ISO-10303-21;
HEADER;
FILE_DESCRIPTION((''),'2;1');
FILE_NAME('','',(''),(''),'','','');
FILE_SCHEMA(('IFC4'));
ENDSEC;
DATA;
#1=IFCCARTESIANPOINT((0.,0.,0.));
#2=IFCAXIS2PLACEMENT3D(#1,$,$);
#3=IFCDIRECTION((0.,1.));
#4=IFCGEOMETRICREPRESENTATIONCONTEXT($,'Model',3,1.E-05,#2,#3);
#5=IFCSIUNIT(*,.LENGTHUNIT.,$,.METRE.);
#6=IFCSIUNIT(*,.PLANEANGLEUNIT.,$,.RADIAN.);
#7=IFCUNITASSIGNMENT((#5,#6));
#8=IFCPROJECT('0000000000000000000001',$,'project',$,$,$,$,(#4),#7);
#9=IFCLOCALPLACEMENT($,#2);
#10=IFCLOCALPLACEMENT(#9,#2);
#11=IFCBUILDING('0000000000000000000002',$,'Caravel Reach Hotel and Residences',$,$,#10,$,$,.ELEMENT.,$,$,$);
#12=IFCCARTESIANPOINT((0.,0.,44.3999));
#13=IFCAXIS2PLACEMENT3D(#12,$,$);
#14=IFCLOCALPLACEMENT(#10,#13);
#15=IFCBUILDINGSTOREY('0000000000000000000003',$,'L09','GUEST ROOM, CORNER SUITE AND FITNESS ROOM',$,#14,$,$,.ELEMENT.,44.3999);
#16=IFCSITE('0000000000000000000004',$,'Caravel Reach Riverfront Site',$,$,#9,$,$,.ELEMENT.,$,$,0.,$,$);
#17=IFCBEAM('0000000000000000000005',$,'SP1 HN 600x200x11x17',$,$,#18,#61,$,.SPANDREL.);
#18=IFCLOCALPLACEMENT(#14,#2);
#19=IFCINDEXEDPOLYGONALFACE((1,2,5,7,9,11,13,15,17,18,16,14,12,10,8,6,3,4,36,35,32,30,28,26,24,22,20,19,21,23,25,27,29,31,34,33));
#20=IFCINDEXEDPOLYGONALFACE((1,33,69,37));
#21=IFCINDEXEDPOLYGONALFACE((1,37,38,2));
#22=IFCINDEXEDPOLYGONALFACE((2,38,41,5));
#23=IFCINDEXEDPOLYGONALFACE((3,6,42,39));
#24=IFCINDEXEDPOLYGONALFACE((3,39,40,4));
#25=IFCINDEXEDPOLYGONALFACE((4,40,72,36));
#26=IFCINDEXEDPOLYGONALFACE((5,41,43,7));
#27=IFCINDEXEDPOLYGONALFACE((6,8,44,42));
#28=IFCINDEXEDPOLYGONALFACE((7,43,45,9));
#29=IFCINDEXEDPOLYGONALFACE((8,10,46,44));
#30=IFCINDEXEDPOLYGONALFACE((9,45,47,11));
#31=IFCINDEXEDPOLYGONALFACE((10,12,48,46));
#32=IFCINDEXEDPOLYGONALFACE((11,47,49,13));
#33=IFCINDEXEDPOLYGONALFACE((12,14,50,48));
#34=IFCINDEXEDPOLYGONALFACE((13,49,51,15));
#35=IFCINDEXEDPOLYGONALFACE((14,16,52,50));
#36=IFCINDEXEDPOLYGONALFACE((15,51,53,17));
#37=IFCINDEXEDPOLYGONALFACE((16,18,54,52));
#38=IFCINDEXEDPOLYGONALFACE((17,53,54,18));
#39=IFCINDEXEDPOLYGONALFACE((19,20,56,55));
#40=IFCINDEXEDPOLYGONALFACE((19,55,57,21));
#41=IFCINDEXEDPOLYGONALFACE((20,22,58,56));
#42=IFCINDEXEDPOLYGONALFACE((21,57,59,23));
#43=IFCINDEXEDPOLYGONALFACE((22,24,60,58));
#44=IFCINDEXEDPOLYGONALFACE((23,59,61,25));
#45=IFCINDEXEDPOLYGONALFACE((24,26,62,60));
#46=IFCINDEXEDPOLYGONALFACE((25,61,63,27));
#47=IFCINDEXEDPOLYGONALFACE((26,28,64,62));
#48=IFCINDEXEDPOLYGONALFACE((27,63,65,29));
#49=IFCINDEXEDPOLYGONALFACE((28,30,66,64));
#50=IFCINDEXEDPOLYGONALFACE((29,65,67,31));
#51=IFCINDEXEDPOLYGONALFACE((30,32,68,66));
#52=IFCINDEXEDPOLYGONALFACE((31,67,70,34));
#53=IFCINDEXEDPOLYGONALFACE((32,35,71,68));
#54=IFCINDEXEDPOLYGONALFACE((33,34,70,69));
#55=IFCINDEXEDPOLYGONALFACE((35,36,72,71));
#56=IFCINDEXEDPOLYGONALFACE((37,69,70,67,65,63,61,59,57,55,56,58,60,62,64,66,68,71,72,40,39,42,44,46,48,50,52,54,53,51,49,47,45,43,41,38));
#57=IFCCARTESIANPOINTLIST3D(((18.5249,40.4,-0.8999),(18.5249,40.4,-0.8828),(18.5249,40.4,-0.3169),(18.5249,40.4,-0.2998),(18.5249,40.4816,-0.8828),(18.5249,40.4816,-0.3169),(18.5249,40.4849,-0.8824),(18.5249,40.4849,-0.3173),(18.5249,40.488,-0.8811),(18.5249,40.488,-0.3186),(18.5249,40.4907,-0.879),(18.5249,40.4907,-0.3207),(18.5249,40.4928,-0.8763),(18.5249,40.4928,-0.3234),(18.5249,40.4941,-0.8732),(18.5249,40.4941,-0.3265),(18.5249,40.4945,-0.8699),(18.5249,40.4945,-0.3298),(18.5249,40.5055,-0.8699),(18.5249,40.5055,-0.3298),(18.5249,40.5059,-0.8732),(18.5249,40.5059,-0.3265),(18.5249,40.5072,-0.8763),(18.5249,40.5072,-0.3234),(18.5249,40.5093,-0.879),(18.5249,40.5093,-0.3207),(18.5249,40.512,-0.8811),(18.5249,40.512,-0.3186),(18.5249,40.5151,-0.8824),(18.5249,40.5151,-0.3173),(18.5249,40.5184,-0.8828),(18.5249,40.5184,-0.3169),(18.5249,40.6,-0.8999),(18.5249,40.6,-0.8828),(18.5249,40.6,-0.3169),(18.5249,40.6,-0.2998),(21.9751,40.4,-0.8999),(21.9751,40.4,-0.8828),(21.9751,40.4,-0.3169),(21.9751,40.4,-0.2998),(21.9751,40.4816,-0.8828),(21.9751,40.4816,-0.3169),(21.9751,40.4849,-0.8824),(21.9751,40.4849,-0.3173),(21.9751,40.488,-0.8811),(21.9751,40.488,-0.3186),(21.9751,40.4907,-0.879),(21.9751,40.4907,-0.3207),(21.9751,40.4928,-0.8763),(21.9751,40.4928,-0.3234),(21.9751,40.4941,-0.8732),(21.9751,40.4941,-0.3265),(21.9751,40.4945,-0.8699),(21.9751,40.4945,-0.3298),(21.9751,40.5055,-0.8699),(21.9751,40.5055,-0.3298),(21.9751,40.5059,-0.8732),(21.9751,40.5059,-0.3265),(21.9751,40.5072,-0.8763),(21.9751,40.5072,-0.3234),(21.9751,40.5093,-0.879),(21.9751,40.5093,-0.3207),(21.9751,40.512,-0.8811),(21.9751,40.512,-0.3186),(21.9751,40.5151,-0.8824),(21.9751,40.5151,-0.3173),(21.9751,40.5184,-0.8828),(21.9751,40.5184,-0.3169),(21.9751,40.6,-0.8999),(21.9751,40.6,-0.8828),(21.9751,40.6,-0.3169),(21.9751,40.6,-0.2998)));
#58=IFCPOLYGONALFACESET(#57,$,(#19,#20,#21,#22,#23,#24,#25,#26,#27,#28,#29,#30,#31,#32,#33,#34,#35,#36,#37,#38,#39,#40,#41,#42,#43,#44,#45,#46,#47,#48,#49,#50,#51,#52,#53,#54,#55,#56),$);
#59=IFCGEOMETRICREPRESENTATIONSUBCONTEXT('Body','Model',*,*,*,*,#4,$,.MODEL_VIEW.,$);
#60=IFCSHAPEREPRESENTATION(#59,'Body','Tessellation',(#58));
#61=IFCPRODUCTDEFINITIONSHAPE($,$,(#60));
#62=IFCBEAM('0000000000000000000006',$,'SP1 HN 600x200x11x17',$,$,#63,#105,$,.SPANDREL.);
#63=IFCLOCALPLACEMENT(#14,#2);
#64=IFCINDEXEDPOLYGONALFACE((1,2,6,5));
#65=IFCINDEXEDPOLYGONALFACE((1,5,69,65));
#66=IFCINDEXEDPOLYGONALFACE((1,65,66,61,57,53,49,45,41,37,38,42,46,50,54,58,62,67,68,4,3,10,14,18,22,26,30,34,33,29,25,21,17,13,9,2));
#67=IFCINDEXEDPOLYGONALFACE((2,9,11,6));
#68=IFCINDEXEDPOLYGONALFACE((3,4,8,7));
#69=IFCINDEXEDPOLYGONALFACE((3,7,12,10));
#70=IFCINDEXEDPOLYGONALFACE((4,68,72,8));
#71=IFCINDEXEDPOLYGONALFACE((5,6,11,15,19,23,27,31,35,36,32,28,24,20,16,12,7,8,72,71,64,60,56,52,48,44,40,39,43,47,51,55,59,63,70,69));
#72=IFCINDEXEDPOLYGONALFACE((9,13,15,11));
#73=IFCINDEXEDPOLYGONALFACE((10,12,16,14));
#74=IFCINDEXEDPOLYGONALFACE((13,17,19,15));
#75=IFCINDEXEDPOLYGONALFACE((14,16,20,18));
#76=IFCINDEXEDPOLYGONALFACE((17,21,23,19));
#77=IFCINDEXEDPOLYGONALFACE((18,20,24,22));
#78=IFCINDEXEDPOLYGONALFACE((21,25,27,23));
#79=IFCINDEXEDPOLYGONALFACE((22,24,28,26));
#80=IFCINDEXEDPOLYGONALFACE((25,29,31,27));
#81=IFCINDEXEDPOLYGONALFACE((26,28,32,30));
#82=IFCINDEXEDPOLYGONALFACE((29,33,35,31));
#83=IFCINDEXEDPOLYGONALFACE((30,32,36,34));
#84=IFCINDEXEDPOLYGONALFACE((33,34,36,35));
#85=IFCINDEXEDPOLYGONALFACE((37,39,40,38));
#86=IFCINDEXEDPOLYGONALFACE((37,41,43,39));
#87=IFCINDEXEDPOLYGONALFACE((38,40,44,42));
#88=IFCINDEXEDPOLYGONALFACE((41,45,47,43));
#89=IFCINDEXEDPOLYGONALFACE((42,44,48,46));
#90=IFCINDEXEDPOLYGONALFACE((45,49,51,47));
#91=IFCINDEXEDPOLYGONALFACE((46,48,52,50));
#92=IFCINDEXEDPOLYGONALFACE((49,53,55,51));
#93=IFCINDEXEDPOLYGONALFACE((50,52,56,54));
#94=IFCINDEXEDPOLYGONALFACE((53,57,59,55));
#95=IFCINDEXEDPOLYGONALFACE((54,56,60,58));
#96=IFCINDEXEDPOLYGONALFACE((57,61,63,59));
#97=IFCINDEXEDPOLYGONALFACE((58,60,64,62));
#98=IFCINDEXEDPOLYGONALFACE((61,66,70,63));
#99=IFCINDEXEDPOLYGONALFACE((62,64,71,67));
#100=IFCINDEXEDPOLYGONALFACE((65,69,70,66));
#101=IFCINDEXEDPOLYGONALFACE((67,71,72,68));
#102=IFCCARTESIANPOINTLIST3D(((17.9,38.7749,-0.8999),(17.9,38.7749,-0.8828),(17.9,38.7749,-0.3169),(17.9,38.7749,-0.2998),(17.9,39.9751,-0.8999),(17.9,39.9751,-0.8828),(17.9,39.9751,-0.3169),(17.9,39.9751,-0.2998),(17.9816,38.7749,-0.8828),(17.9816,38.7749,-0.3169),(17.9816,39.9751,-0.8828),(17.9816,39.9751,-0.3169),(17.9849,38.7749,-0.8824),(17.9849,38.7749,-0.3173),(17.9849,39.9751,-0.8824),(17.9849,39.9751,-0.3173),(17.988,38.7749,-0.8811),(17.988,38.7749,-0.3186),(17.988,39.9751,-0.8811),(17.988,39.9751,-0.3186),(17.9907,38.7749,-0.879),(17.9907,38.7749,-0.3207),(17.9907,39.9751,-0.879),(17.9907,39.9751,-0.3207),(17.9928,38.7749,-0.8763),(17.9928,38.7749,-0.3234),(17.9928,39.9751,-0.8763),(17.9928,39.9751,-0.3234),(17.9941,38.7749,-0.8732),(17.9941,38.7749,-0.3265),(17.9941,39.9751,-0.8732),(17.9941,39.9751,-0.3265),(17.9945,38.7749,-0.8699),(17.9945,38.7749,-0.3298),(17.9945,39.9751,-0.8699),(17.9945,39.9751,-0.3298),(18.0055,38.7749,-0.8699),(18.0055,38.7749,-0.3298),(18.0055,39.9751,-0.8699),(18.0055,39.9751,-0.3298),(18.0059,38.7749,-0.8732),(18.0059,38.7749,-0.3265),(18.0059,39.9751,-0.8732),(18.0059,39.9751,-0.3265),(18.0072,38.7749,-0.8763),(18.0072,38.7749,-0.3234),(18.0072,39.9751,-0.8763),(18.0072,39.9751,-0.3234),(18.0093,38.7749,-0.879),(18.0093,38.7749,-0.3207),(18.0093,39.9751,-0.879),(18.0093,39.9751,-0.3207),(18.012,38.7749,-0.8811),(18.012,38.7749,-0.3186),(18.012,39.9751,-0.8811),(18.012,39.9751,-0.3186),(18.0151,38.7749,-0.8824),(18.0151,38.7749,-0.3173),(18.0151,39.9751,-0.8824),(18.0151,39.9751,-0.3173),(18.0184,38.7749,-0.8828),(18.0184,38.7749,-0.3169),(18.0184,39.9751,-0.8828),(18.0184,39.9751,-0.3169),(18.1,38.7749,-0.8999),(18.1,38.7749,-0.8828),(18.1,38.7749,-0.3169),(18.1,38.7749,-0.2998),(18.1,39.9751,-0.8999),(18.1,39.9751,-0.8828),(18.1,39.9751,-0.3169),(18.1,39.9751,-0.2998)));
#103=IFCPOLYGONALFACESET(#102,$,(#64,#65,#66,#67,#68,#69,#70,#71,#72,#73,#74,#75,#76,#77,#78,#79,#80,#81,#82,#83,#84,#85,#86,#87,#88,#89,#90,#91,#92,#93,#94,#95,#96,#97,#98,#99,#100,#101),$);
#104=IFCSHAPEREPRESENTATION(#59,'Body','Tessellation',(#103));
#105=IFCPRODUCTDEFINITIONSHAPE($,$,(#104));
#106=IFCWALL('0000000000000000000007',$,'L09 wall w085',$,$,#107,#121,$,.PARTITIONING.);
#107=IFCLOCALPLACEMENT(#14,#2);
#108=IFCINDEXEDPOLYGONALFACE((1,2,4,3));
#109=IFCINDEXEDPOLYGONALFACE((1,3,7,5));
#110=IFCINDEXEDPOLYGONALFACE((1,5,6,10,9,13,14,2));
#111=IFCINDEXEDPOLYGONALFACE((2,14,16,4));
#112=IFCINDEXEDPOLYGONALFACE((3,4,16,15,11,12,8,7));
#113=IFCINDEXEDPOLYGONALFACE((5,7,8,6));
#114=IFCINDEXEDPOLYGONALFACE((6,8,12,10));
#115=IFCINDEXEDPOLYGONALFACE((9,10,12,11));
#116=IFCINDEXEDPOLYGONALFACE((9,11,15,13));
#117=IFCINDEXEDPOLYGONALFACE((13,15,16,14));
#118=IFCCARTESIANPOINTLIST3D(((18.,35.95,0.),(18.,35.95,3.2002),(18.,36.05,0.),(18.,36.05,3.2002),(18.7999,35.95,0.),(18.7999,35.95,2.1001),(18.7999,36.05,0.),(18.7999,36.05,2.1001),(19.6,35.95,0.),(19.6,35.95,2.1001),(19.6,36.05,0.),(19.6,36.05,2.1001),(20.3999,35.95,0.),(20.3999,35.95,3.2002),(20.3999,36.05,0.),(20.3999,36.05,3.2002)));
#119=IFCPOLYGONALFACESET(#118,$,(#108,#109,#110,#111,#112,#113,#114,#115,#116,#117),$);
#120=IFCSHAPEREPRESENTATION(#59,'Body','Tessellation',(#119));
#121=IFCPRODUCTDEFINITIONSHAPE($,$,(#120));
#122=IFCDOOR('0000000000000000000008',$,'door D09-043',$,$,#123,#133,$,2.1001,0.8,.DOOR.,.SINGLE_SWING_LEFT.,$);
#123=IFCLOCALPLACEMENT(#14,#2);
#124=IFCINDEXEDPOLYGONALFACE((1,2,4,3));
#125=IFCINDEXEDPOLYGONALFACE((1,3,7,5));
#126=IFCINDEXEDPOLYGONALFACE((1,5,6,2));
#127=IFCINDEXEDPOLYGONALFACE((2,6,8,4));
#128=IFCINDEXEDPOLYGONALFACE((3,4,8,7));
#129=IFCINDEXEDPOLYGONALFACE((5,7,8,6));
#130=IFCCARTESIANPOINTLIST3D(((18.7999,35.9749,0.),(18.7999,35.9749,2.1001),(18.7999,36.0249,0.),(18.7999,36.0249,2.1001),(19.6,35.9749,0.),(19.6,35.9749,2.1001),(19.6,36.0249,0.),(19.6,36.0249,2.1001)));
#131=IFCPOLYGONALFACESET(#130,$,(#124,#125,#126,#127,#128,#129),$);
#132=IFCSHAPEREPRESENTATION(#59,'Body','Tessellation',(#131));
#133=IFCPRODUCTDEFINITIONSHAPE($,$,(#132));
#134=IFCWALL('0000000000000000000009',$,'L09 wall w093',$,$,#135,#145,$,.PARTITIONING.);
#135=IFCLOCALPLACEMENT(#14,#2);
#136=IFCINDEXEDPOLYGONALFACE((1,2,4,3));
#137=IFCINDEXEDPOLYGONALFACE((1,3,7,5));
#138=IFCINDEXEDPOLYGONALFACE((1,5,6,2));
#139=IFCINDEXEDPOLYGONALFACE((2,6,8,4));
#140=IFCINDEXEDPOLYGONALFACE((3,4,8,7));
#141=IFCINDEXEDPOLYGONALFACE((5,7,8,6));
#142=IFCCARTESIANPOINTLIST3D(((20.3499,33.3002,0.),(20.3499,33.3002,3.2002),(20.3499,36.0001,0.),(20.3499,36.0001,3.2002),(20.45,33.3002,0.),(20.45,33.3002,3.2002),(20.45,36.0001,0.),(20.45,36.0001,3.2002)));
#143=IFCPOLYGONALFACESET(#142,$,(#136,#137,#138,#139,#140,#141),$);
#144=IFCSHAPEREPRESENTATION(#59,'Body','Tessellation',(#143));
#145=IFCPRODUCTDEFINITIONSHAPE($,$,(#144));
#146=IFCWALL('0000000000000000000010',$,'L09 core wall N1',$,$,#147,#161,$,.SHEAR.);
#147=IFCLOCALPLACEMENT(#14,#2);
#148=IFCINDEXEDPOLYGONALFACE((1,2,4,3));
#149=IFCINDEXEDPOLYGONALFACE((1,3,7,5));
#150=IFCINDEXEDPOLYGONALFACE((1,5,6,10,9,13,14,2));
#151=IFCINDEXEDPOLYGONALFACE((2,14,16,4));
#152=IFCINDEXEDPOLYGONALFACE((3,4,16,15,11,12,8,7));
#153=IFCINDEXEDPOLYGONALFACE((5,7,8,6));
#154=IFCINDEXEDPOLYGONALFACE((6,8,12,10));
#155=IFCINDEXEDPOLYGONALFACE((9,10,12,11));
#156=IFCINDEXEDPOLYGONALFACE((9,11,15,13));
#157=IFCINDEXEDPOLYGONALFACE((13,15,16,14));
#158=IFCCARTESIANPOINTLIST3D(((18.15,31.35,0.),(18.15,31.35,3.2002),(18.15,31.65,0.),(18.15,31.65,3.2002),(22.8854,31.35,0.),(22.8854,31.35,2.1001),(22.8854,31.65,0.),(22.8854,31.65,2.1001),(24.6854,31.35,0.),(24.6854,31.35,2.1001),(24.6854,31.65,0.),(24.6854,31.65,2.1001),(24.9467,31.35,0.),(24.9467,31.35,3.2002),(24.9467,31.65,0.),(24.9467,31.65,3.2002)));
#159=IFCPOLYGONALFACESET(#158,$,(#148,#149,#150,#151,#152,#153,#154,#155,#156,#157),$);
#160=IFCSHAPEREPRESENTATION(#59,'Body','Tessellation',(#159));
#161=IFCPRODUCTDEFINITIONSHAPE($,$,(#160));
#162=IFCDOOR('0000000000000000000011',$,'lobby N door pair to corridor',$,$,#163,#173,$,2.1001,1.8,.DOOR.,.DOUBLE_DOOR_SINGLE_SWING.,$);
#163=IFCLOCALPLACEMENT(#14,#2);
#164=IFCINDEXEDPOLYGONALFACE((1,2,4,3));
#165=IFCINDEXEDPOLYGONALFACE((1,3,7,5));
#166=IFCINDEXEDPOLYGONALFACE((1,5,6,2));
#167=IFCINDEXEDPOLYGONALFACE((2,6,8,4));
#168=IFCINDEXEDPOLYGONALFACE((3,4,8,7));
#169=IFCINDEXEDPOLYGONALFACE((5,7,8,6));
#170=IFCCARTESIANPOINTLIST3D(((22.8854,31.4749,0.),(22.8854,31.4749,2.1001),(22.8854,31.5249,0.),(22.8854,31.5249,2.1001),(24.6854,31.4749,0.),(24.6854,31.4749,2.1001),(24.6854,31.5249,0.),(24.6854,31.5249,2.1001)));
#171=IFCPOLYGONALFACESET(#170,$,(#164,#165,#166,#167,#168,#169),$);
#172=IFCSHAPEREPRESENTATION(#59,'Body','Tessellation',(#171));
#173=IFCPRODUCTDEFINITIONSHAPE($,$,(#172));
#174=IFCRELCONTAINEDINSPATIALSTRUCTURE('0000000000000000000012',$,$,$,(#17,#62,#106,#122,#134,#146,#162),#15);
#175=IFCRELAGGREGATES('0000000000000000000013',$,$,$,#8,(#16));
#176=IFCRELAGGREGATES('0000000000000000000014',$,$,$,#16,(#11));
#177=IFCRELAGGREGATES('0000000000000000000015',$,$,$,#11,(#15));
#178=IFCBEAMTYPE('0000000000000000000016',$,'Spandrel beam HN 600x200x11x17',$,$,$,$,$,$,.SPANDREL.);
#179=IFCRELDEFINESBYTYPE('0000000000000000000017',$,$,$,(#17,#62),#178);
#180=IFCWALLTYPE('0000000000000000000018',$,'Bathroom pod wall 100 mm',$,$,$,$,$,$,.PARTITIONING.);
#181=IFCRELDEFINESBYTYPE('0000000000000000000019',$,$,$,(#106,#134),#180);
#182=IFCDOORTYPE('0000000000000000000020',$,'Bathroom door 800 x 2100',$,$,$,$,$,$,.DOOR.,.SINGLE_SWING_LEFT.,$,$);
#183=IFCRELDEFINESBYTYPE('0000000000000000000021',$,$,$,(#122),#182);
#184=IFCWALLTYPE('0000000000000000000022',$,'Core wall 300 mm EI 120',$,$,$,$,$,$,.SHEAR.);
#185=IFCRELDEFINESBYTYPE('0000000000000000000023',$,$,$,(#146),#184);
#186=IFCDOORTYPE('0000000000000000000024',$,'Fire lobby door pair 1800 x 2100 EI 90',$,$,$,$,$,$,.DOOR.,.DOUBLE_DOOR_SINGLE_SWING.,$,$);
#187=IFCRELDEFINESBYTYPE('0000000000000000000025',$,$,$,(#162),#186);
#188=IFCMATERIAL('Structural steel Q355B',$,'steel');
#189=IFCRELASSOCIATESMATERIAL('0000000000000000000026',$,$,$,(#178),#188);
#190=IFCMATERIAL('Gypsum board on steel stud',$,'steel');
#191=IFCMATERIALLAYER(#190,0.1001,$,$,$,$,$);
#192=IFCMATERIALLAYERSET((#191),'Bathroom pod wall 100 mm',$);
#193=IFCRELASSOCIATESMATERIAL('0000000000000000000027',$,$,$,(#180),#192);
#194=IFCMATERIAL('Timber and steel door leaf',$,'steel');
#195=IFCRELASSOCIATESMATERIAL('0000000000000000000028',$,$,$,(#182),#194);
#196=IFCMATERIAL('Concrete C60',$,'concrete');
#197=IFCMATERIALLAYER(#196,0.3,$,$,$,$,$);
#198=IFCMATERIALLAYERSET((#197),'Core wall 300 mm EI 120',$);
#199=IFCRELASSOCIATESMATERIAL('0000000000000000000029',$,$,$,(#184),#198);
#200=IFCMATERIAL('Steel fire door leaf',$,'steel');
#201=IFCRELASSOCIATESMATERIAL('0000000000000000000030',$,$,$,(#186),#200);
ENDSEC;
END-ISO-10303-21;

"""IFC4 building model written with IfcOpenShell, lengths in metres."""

from ifc_helpers import new_model, si_unit, direction, frame, frame_2d, origin, origin_2d, place, context, subcontext, project, spatial, rectangle, i_section, extrude, material, layer, layer_set, material_profile, profile_set, type_object, element, fill, save


model = new_model("IFC4")

# Units and contexts
model_context = context("Model", 3, precision=1e-05, world=origin(), true_north=direction((0.0, 1.0)))
body_context = subcontext(model_context, "Body", "Model", "MODEL_VIEW")
ifc_project = project(units=[si_unit("LENGTHUNIT", "METRE"), si_unit("PLANEANGLEUNIT", "RADIAN")], contexts=[model_context])

# Site, building, storey
site_placement = place(None, origin())
site = spatial("IfcSite", under=ifc_project, at=site_placement, Name="Caravel Reach Riverfront Site", CompositionType="ELEMENT", RefElevation=0.0)
building_placement = place(site_placement, origin())
building = spatial("IfcBuilding", under=site, at=building_placement, Name="Caravel Reach Hotel and Residences", CompositionType="ELEMENT")
storey_placement = place(building_placement, frame((0.0, 0.0, 44.3999)))
storey = spatial("IfcBuildingStorey", under=building, at=storey_placement, Name="L09", Description="GUEST ROOM, CORNER SUITE AND FITNESS ROOM", CompositionType="ELEMENT", Elevation=44.3999)

# Beams
ifc_material_1 = material(Name="Structural steel Q355B", Category="steel")
ifc_material_profile_1 = material_profile(ifc_material_1, i_section(OverallWidth=0.2, OverallDepth=0.6001, WebThickness=0.011, FlangeThickness=0.0171, FilletRadius=0.0129, at=origin_2d()), Name="HN 600x200x11x17")
ifc_profile_set_1 = profile_set([ifc_material_profile_1], Name="Structural steel Q355B")
beam_type_1 = type_object("IfcBeamType", Name="Spandrel beam HN 600x200x11x17", PredefinedType="SPANDREL", material=ifc_profile_set_1)
beam_1_placement = place(storey_placement, frame((21.9751, 40.5, -0.5999), z_axis=(-1.0, 0.0, 0.0), x_axis=(0.0, -1.0, 0.0)))
element("IfcBeam", 1, at=beam_1_placement, inside=storey, type_object=beam_type_1, Name="SP1 HN 600x200x11x17", PredefinedType="SPANDREL", context=body_context, shape_type="SweptSolid", body=[
    extrude(i_section(OverallWidth=0.2, OverallDepth=0.6001, WebThickness=0.011, FlangeThickness=0.0171, FilletRadius=0.0129, at=origin_2d()), origin(), (0.0, 0.0, 1.0), 3.4502),
])
beam_2_placement = place(storey_placement, frame((18.0, 39.9751, -0.5999), z_axis=(0.0, -1.0, 0.0), x_axis=(1.0, 0.0, 0.0)))
element("IfcBeam", 2, at=beam_2_placement, inside=storey, type_object=beam_type_1, Name="SP1 HN 600x200x11x17", PredefinedType="SPANDREL", context=body_context, shape_type="SweptSolid", body=[
    extrude(i_section(OverallWidth=0.2, OverallDepth=0.6001, WebThickness=0.011, FlangeThickness=0.0171, FilletRadius=0.0129, at=origin_2d()), origin(), (0.0, 0.0, 1.0), 1.2002),
])

# Wall, opening, door
ifc_material_2 = material(Name="Gypsum board on steel stud", Category="steel")
ifc_layer_1 = layer(ifc_material_2, 0.1001)
ifc_layer_set_1 = layer_set([ifc_layer_1], Name="Bathroom pod wall 100 mm")
wall_type_1 = type_object("IfcWallType", Name="Bathroom pod wall 100 mm", PredefinedType="PARTITIONING", material=ifc_layer_set_1)
wall_1_placement = place(storey_placement, frame((18.0, 36.0, 0.0), z_axis=(0.0, 0.0, 1.0), x_axis=(1.0, 0.0, 0.0)))
wall_1 = element("IfcWall", 3, at=wall_1_placement, inside=storey, type_object=wall_type_1, Name="L09 wall w085", PredefinedType="PARTITIONING", context=body_context, shape_type="SweptSolid", body=[
    extrude(rectangle(XDim=2.3999, YDim=0.1001, at=frame_2d((1.2, 0.0))), origin(), (0.0, 0.0, 1.0), 3.2002),
])
opening_1_placement = place(wall_1_placement, frame((0.8, 0.0, 0.0)))
opening_1 = element("IfcOpeningElement", 4, at=opening_1_placement, cuts=wall_1, PredefinedType="OPENING", context=body_context, shape_type="SweptSolid", body=[
    extrude(rectangle(XDim=0.8, YDim=2.1001, at=frame_2d((0.3999, 1.05))), frame((0.0, 0.0601, 0.0), z_axis=(0.0, -1.0, 0.0), x_axis=(1.0, 0.0, 0.0)), (0.0, 0.0, 1.0), 0.1201),
])
ifc_material_3 = material(Name="Timber and steel door leaf", Category="steel")
door_type_1 = type_object("IfcDoorType", Name="Bathroom door 800 x 2100", OperationType="SINGLE_SWING_LEFT", PredefinedType="DOOR", material=ifc_material_3)
door_1_placement = place(opening_1_placement, origin())
door_1 = element("IfcDoor", 5, at=door_1_placement, inside=storey, type_object=door_type_1, Name="door D09-043", OperationType="SINGLE_SWING_LEFT", OverallHeight=2.1001, OverallWidth=0.8, PredefinedType="DOOR", context=body_context, shape_type="SweptSolid", body=[
    extrude(rectangle(XDim=0.8, YDim=2.1001, at=frame_2d((0.3999, 1.05))), frame((0.0, 0.0249, 0.0), z_axis=(0.0, -1.0, 0.0), x_axis=(1.0, 0.0, 0.0)), (0.0, 0.0, 1.0), 0.05),
])
fill(opening_1, door_1)

# Wall
wall_2_placement = place(storey_placement, frame((20.3999, 33.3, 0.0), z_axis=(0.0, 0.0, 1.0), x_axis=(0.0, 1.0, 0.0)))
element("IfcWall", 6, at=wall_2_placement, inside=storey, type_object=wall_type_1, Name="L09 wall w093", PredefinedType="PARTITIONING", context=body_context, shape_type="SweptSolid", body=[
    extrude(rectangle(XDim=2.7, YDim=0.1001, at=frame_2d((1.3501, 0.0))), origin(), (0.0, 0.0, 1.0), 3.2002),
])

# Wall, opening, door
ifc_material_4 = material(Name="Concrete C60", Category="concrete")
ifc_layer_2 = layer(ifc_material_4, 0.3)
ifc_layer_set_2 = layer_set([ifc_layer_2], Name="Core wall 300 mm EI 120")
wall_type_2 = type_object("IfcWallType", Name="Core wall 300 mm EI 120", PredefinedType="SHEAR", material=ifc_layer_set_2)
wall_3_placement = place(storey_placement, frame((18.1499, 31.5, 0.0), z_axis=(0.0, 0.0, 1.0), x_axis=(1.0, 0.0, 0.0)))
wall_3 = element("IfcWall", 7, at=wall_3_placement, inside=storey, type_object=wall_type_2, Name="L09 core wall N1", PredefinedType="SHEAR", context=body_context, shape_type="SweptSolid", body=[
    extrude(rectangle(XDim=6.7966, YDim=0.3, at=frame_2d((3.3984, 0.0))), origin(), (0.0, 0.0, 1.0), 3.2002),
])
opening_2_placement = place(wall_3_placement, frame((4.7356, 0.0, 0.0)))
opening_2 = element("IfcOpeningElement", 8, at=opening_2_placement, cuts=wall_3, PredefinedType="OPENING", context=body_context, shape_type="SweptSolid", body=[
    extrude(rectangle(XDim=1.8, YDim=2.1001, at=frame_2d((0.8999, 1.05))), frame((0.0, 0.1599, 0.0), z_axis=(0.0, -1.0, 0.0), x_axis=(1.0, 0.0, 0.0)), (0.0, 0.0, 1.0), 0.3201),
])
ifc_material_5 = material(Name="Steel fire door leaf", Category="steel")
door_type_2 = type_object("IfcDoorType", Name="Fire lobby door pair 1800 x 2100 EI 90", OperationType="DOUBLE_DOOR_SINGLE_SWING", PredefinedType="DOOR", material=ifc_material_5)
door_2_placement = place(opening_2_placement, origin())
door_2 = element("IfcDoor", 9, at=door_2_placement, inside=storey, type_object=door_type_2, Name="lobby N door pair to corridor", OperationType="DOUBLE_DOOR_SINGLE_SWING", OverallHeight=2.1001, OverallWidth=1.8, PredefinedType="DOOR", context=body_context, shape_type="SweptSolid", body=[
    extrude(rectangle(XDim=1.8, YDim=2.1001, at=frame_2d((0.8999, 1.05))), frame((0.0, 0.0249, 0.0), z_axis=(0.0, -1.0, 0.0), x_axis=(1.0, 0.0, 0.0)), (0.0, 0.0, 1.0), 0.05),
])
fill(opening_2, door_2)

save(model, "model.ifc")
